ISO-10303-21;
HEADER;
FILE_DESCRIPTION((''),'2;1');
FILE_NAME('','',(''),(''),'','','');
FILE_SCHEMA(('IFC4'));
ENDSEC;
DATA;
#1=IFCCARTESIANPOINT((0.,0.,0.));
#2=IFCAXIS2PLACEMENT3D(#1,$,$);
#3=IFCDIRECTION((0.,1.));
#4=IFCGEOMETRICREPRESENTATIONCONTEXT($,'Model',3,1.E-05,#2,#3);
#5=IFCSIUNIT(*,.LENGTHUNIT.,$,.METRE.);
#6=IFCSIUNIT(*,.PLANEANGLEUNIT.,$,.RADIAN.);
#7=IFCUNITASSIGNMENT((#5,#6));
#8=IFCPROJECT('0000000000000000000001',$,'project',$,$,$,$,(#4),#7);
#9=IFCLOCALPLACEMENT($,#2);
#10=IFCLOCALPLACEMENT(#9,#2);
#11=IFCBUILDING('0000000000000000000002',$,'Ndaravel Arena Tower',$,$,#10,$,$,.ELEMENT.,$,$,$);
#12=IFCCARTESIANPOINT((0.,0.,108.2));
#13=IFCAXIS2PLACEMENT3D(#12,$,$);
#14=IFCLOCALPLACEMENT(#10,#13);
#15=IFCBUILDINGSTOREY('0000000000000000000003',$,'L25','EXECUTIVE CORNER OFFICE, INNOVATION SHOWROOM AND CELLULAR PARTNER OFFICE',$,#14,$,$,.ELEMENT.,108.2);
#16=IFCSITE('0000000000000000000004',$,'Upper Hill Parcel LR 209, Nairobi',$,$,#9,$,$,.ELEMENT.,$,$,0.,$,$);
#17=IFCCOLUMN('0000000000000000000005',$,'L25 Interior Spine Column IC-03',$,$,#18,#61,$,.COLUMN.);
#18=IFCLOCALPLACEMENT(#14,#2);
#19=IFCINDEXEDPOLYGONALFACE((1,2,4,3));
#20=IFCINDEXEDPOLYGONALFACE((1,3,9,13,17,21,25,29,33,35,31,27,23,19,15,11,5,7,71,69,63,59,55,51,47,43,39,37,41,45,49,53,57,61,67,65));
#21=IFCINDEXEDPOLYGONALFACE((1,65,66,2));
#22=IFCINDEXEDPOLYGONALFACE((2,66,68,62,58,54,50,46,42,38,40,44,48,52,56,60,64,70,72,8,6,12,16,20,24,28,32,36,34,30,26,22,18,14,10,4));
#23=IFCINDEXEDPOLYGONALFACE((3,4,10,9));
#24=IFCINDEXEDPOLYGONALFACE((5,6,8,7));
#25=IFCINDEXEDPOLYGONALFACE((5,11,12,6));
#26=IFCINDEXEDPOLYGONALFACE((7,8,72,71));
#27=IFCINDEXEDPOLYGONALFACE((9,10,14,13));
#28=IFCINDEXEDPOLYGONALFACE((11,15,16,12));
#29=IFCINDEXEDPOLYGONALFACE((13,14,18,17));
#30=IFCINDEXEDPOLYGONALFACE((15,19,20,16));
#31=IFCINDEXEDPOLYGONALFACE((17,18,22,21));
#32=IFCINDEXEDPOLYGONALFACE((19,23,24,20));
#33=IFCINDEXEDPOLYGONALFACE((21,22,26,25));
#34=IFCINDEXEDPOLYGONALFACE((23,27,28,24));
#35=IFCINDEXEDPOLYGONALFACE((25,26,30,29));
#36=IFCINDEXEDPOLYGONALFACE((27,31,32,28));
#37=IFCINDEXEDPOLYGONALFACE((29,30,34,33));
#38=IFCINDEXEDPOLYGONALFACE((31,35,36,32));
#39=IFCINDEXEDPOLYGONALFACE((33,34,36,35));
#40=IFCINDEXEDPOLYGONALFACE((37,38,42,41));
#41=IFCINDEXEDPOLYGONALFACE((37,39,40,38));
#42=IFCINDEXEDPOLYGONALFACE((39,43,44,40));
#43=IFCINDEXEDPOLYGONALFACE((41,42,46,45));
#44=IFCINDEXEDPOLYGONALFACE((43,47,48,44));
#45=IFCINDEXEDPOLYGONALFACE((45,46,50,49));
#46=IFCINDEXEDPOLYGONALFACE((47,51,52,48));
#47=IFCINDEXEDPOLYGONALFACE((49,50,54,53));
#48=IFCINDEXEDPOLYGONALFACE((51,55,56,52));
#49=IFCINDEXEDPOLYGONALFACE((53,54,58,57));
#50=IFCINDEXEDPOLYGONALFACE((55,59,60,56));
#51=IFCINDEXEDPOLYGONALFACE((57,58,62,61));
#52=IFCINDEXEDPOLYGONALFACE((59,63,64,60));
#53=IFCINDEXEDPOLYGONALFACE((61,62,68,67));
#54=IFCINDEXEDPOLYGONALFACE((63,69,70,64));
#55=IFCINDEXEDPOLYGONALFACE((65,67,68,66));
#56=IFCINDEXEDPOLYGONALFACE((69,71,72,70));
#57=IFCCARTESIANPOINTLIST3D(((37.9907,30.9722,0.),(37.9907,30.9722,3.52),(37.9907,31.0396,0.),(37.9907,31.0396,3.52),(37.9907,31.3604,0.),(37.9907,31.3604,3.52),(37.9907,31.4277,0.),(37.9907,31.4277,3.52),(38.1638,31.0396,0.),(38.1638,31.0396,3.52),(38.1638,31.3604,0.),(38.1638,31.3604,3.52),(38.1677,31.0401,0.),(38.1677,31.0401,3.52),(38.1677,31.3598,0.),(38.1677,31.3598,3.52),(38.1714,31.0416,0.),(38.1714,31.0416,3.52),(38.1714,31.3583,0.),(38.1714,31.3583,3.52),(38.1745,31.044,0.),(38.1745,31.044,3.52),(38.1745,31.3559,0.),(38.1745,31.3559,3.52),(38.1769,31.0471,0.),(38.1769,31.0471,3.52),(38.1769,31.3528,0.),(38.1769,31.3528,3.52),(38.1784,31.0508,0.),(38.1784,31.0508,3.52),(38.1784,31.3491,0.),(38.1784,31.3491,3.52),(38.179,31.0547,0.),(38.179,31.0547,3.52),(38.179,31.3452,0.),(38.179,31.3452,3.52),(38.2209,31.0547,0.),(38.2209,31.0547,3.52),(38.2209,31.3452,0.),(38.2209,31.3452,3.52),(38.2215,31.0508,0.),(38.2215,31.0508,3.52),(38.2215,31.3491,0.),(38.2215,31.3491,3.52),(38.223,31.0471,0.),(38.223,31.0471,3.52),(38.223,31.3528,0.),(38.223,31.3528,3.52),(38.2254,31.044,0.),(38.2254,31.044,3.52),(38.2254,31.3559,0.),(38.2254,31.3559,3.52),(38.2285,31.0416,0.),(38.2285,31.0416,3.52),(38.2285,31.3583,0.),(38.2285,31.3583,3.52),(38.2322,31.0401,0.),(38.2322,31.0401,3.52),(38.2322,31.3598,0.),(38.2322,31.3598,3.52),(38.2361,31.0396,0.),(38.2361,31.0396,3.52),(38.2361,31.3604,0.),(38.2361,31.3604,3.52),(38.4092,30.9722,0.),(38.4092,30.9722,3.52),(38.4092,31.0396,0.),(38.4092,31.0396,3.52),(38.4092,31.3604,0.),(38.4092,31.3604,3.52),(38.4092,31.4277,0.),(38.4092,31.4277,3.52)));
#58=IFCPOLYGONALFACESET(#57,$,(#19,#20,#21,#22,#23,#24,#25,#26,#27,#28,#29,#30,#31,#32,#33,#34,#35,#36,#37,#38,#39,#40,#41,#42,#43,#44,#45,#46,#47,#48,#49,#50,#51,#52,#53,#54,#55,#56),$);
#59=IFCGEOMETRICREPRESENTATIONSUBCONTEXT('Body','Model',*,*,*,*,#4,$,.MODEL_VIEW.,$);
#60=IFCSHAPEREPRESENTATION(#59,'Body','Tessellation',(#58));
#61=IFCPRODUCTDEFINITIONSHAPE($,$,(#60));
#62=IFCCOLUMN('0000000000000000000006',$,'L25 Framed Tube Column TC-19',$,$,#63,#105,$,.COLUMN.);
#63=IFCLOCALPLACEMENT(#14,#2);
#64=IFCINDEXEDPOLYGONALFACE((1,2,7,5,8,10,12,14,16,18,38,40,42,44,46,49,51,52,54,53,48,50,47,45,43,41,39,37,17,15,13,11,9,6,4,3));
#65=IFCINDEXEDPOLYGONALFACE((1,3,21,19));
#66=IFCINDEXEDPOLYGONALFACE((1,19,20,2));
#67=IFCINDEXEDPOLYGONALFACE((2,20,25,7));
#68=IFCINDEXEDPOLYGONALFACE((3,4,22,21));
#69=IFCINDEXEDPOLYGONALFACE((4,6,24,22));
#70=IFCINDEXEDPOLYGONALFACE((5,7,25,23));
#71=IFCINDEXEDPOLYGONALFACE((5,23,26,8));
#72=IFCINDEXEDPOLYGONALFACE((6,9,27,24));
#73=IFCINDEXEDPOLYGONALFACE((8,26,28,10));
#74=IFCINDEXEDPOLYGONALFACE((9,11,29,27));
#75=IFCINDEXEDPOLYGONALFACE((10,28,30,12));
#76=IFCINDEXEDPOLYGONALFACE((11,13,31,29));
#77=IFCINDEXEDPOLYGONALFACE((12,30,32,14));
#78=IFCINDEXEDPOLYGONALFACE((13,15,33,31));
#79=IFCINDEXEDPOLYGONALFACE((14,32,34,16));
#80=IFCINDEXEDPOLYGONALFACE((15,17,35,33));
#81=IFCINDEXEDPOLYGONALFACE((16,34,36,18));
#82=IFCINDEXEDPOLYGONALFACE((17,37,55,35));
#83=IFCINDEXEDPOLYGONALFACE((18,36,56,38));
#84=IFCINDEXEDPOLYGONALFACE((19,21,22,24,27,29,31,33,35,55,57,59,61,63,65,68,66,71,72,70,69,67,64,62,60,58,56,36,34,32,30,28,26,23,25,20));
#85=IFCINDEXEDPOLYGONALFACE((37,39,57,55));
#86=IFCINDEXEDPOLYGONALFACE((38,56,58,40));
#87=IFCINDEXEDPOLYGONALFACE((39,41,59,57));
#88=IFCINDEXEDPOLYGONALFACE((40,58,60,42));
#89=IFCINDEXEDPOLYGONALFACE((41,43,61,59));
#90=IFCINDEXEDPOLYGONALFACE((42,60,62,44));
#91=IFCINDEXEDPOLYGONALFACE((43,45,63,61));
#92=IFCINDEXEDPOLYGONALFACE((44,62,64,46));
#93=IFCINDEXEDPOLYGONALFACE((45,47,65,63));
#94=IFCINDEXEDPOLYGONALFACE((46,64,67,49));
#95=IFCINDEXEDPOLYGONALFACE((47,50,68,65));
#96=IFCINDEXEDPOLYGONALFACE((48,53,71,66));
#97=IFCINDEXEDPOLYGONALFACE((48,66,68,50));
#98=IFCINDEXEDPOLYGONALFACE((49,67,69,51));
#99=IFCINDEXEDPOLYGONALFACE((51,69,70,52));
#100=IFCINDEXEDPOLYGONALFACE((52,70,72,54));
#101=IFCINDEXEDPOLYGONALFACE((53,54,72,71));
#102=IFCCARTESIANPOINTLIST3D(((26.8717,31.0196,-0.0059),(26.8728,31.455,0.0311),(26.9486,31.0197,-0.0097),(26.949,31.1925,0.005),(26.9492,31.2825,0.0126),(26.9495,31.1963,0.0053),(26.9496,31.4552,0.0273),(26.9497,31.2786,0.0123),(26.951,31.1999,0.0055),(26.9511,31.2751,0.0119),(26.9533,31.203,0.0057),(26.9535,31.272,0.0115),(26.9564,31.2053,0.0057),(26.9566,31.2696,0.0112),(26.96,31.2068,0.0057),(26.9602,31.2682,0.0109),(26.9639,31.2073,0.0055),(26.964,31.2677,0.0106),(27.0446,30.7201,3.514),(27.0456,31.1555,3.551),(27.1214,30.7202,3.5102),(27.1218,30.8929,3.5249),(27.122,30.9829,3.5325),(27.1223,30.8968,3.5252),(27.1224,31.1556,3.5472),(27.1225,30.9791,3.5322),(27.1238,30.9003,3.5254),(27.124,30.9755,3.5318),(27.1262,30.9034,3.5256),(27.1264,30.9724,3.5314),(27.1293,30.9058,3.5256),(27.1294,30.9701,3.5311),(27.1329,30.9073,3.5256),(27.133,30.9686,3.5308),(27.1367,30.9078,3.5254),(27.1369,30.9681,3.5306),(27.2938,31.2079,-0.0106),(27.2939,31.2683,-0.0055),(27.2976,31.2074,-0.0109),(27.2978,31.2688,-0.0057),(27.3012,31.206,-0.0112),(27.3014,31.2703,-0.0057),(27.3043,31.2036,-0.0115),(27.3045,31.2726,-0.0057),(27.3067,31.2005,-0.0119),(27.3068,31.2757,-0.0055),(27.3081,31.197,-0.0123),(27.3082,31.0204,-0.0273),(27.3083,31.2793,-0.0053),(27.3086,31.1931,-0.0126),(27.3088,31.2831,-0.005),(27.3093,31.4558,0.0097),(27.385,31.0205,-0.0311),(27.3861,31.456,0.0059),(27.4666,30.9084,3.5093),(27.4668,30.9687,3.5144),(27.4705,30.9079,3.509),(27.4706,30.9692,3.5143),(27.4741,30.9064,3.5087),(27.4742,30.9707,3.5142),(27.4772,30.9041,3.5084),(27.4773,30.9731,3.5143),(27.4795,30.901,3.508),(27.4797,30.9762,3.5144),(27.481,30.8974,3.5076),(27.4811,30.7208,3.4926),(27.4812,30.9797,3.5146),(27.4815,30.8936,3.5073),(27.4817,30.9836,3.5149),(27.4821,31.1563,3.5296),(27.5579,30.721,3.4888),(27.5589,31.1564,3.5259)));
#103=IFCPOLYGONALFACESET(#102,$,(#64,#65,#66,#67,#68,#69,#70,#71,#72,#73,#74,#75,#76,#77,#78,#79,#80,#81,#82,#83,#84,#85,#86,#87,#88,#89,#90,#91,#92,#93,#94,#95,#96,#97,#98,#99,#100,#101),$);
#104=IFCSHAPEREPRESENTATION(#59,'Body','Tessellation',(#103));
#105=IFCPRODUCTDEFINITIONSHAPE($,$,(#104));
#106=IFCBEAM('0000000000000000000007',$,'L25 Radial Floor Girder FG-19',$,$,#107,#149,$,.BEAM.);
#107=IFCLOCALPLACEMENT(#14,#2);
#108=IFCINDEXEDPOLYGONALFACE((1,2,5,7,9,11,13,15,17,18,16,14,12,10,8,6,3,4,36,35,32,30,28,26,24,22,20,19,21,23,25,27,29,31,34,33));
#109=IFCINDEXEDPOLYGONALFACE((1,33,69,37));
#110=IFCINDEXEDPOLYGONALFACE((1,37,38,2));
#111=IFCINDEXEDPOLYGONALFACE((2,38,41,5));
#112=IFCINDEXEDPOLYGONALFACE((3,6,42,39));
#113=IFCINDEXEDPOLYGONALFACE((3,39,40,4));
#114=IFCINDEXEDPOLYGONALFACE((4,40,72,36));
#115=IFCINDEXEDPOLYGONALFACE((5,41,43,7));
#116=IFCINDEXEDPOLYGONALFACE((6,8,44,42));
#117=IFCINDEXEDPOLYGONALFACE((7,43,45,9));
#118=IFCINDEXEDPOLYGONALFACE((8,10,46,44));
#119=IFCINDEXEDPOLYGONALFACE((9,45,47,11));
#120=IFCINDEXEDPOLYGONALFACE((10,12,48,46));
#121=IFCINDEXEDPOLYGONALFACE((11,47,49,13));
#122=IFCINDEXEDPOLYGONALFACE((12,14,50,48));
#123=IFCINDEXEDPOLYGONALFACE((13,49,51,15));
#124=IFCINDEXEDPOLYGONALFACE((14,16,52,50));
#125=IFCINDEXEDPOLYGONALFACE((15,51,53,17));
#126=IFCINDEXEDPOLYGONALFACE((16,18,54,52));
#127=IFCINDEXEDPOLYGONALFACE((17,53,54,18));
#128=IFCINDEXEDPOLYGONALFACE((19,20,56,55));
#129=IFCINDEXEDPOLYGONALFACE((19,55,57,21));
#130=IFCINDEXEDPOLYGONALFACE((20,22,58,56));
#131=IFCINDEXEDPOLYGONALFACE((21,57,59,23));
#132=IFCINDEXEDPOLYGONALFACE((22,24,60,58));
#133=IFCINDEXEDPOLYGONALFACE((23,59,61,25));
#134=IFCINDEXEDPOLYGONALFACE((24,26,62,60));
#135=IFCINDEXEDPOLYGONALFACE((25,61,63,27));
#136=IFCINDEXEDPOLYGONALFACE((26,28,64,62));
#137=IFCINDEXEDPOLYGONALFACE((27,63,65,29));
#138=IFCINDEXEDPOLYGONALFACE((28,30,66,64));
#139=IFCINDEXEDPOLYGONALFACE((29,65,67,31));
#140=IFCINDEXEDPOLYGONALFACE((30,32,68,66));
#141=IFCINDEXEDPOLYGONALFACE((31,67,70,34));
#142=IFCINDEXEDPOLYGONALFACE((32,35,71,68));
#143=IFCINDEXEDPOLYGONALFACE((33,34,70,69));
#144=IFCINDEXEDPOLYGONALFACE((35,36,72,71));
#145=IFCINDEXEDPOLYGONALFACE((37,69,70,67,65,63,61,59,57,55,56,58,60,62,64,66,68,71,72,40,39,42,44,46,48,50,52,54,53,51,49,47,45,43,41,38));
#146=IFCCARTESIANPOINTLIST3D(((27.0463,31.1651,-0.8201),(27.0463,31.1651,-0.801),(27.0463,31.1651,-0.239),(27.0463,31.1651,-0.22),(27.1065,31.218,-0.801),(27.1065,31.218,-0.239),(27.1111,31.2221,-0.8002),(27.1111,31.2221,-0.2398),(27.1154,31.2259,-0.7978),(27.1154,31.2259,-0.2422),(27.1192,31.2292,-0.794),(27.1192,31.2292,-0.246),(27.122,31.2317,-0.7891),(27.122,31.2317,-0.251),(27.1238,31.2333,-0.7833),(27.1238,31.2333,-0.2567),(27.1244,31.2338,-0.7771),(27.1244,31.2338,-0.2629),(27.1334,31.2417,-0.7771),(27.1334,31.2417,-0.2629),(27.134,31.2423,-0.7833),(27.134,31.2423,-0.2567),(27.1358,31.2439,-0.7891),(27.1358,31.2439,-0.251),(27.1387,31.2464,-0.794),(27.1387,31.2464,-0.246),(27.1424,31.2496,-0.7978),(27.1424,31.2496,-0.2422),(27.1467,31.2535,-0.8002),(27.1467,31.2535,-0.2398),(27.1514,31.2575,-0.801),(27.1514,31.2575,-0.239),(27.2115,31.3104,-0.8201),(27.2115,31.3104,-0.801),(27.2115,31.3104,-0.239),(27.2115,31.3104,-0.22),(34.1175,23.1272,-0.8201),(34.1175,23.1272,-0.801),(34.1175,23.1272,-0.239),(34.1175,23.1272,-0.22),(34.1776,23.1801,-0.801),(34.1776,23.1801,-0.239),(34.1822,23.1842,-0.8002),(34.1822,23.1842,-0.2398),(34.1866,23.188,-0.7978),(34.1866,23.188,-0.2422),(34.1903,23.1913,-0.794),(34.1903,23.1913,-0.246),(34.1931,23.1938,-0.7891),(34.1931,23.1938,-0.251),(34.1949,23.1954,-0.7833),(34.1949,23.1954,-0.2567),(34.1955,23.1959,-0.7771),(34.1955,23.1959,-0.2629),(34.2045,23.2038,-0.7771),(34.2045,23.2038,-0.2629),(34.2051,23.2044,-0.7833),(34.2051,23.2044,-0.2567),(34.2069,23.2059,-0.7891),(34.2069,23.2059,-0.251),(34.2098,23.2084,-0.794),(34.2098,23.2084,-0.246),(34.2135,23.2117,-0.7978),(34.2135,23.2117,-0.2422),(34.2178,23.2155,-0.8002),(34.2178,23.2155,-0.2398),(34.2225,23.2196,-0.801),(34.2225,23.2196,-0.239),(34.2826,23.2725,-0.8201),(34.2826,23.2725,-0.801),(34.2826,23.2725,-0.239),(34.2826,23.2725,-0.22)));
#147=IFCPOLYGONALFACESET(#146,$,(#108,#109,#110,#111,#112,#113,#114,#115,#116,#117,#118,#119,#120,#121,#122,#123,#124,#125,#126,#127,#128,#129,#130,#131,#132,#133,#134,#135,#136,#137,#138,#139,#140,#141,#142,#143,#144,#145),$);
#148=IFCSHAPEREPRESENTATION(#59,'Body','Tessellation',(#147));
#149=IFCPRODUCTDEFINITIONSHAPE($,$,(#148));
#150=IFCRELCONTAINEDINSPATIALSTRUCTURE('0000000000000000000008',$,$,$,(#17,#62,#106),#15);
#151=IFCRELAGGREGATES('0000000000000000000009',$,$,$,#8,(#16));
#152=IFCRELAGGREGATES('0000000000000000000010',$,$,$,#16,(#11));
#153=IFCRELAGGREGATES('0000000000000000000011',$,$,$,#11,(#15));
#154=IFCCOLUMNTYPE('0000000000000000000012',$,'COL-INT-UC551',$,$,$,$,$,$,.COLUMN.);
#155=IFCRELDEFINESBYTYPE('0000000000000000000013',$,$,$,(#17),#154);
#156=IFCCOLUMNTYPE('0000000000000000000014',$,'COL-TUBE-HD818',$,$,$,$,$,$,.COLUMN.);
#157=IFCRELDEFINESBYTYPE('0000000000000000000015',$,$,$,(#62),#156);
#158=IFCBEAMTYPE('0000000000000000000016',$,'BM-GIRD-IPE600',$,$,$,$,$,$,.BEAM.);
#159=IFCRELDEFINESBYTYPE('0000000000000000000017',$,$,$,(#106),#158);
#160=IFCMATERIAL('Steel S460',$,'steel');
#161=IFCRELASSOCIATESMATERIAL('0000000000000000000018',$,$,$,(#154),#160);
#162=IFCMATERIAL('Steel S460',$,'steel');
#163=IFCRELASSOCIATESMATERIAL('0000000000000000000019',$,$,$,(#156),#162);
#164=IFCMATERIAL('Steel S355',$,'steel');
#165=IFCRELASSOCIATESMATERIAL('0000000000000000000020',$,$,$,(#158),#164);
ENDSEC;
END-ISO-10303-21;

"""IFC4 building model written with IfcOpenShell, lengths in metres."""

from ifc_helpers import new_model, si_unit, direction, frame, origin, origin_2d, place, context, subcontext, project, spatial, i_section, extrude, material, material_profile, profile_set, type_object, element, save


model = new_model("IFC4")

# Units and contexts
model_context = context("Model", 3, precision=1e-05, world=origin(), true_north=direction((0.0, 1.0)))
body_context = subcontext(model_context, "Body", "Model", "MODEL_VIEW")
ifc_project = project(units=[si_unit("LENGTHUNIT", "METRE"), si_unit("PLANEANGLEUNIT", "RADIAN")], contexts=[model_context])

# Site, building, storey
site_placement = place(None, origin())
site = spatial("IfcSite", under=ifc_project, at=site_placement, Name="Upper Hill Parcel LR 209, Nairobi", CompositionType="ELEMENT", RefElevation=0.0)
building_placement = place(site_placement, origin())
building = spatial("IfcBuilding", under=site, at=building_placement, Name="Ndaravel Arena Tower", CompositionType="ELEMENT")
storey_placement = place(building_placement, frame((0.0, 0.0, 108.2)))
storey = spatial("IfcBuildingStorey", under=building, at=storey_placement, Name="L25", Description="EXECUTIVE CORNER OFFICE, INNOVATION SHOWROOM AND CELLULAR PARTNER OFFICE", CompositionType="ELEMENT", Elevation=108.2)

# Columns
ifc_material_1 = material(Name="Steel S460", Category="steel")
ifc_material_profile_1 = material_profile(ifc_material_1, i_section(OverallWidth=0.4185, OverallDepth=0.4556, WebThickness=0.042, FlangeThickness=0.0674, FilletRadius=0.0151, at=origin_2d()), Name="UC 356x406x551")
ifc_profile_set_1 = profile_set([ifc_material_profile_1], Name="Steel S460")
column_type_1 = type_object("IfcColumnType", Name="COL-INT-UC551", PredefinedType="COLUMN", material=ifc_profile_set_1)
column_1_placement = place(storey_placement, frame((38.2, 31.2, 0.0), z_axis=(0.0, 0.0, 1.0), x_axis=(1.0, 0.0, 0.0)))
element("IfcColumn", 1, at=column_1_placement, inside=storey, type_object=column_type_1, Name="L25 Interior Spine Column IC-03", PredefinedType="COLUMN", context=body_context, shape_type="SweptSolid", body=[
    extrude(i_section(OverallWidth=0.4185, OverallDepth=0.4556, WebThickness=0.042, FlangeThickness=0.0674, FilletRadius=0.0151, at=origin_2d()), origin(), (0.0, 0.0, 1.0), 3.52),
])
ifc_material_2 = material(Name="Steel S460", Category="steel")
ifc_material_profile_2 = material_profile(ifc_material_2, i_section(OverallWidth=0.437, OverallDepth=0.5139, WebThickness=0.0605, FlangeThickness=0.0769, FilletRadius=0.0149, at=origin_2d()), Name="HD 400x818")
ifc_profile_set_2 = profile_set([ifc_material_profile_2], Name="Steel S460")
column_type_2 = type_object("IfcColumnType", Name="COL-TUBE-HD818", PredefinedType="COLUMN", material=ifc_profile_set_2)
column_2_placement = place(storey_placement, frame((27.1289, 31.2378, 0.0), z_axis=(0.04887, -0.084694, 0.995208), x_axis=(0.002324, 0.996405, 0.084682)))
element("IfcColumn", 2, at=column_2_placement, inside=storey, type_object=column_type_2, Name="L25 Framed Tube Column TC-19", PredefinedType="COLUMN", context=body_context, shape_type="SweptSolid", body=[
    extrude(i_section(OverallWidth=0.437, OverallDepth=0.5139, WebThickness=0.0605, FlangeThickness=0.0769, FilletRadius=0.0149, at=origin_2d()), origin(), (0.0, 0.0, 1.0), 3.5369),
])

# Beam
ifc_material_3 = material(Name="Steel S355", Category="steel")
ifc_material_profile_3 = material_profile(ifc_material_3, i_section(OverallWidth=0.22, OverallDepth=0.6001, WebThickness=0.012, FlangeThickness=0.019, FilletRadius=0.0239, at=origin_2d()), Name="IPE 600")
ifc_profile_set_3 = profile_set([ifc_material_profile_3], Name="Steel S355")
beam_type_1 = type_object("IfcBeamType", Name="BM-GIRD-IPE600", PredefinedType="BEAM", material=ifc_profile_set_3)
beam_1_placement = place(storey_placement, frame((27.1289, 31.2378, -0.52), z_axis=(0.660509, -0.750818, 0.0), x_axis=(0.750818, 0.660509, 0.0)))
element("IfcBeam", 3, at=beam_1_placement, inside=storey, type_object=beam_type_1, Name="L25 Radial Floor Girder FG-19", PredefinedType="BEAM", context=body_context, shape_type="SweptSolid", body=[
    extrude(i_section(OverallWidth=0.22, OverallDepth=0.6001, WebThickness=0.012, FlangeThickness=0.019, FilletRadius=0.0239, at=origin_2d()), origin(), (0.0, 0.0, 1.0), 10.7056),
])

save(model, "model.ifc")
